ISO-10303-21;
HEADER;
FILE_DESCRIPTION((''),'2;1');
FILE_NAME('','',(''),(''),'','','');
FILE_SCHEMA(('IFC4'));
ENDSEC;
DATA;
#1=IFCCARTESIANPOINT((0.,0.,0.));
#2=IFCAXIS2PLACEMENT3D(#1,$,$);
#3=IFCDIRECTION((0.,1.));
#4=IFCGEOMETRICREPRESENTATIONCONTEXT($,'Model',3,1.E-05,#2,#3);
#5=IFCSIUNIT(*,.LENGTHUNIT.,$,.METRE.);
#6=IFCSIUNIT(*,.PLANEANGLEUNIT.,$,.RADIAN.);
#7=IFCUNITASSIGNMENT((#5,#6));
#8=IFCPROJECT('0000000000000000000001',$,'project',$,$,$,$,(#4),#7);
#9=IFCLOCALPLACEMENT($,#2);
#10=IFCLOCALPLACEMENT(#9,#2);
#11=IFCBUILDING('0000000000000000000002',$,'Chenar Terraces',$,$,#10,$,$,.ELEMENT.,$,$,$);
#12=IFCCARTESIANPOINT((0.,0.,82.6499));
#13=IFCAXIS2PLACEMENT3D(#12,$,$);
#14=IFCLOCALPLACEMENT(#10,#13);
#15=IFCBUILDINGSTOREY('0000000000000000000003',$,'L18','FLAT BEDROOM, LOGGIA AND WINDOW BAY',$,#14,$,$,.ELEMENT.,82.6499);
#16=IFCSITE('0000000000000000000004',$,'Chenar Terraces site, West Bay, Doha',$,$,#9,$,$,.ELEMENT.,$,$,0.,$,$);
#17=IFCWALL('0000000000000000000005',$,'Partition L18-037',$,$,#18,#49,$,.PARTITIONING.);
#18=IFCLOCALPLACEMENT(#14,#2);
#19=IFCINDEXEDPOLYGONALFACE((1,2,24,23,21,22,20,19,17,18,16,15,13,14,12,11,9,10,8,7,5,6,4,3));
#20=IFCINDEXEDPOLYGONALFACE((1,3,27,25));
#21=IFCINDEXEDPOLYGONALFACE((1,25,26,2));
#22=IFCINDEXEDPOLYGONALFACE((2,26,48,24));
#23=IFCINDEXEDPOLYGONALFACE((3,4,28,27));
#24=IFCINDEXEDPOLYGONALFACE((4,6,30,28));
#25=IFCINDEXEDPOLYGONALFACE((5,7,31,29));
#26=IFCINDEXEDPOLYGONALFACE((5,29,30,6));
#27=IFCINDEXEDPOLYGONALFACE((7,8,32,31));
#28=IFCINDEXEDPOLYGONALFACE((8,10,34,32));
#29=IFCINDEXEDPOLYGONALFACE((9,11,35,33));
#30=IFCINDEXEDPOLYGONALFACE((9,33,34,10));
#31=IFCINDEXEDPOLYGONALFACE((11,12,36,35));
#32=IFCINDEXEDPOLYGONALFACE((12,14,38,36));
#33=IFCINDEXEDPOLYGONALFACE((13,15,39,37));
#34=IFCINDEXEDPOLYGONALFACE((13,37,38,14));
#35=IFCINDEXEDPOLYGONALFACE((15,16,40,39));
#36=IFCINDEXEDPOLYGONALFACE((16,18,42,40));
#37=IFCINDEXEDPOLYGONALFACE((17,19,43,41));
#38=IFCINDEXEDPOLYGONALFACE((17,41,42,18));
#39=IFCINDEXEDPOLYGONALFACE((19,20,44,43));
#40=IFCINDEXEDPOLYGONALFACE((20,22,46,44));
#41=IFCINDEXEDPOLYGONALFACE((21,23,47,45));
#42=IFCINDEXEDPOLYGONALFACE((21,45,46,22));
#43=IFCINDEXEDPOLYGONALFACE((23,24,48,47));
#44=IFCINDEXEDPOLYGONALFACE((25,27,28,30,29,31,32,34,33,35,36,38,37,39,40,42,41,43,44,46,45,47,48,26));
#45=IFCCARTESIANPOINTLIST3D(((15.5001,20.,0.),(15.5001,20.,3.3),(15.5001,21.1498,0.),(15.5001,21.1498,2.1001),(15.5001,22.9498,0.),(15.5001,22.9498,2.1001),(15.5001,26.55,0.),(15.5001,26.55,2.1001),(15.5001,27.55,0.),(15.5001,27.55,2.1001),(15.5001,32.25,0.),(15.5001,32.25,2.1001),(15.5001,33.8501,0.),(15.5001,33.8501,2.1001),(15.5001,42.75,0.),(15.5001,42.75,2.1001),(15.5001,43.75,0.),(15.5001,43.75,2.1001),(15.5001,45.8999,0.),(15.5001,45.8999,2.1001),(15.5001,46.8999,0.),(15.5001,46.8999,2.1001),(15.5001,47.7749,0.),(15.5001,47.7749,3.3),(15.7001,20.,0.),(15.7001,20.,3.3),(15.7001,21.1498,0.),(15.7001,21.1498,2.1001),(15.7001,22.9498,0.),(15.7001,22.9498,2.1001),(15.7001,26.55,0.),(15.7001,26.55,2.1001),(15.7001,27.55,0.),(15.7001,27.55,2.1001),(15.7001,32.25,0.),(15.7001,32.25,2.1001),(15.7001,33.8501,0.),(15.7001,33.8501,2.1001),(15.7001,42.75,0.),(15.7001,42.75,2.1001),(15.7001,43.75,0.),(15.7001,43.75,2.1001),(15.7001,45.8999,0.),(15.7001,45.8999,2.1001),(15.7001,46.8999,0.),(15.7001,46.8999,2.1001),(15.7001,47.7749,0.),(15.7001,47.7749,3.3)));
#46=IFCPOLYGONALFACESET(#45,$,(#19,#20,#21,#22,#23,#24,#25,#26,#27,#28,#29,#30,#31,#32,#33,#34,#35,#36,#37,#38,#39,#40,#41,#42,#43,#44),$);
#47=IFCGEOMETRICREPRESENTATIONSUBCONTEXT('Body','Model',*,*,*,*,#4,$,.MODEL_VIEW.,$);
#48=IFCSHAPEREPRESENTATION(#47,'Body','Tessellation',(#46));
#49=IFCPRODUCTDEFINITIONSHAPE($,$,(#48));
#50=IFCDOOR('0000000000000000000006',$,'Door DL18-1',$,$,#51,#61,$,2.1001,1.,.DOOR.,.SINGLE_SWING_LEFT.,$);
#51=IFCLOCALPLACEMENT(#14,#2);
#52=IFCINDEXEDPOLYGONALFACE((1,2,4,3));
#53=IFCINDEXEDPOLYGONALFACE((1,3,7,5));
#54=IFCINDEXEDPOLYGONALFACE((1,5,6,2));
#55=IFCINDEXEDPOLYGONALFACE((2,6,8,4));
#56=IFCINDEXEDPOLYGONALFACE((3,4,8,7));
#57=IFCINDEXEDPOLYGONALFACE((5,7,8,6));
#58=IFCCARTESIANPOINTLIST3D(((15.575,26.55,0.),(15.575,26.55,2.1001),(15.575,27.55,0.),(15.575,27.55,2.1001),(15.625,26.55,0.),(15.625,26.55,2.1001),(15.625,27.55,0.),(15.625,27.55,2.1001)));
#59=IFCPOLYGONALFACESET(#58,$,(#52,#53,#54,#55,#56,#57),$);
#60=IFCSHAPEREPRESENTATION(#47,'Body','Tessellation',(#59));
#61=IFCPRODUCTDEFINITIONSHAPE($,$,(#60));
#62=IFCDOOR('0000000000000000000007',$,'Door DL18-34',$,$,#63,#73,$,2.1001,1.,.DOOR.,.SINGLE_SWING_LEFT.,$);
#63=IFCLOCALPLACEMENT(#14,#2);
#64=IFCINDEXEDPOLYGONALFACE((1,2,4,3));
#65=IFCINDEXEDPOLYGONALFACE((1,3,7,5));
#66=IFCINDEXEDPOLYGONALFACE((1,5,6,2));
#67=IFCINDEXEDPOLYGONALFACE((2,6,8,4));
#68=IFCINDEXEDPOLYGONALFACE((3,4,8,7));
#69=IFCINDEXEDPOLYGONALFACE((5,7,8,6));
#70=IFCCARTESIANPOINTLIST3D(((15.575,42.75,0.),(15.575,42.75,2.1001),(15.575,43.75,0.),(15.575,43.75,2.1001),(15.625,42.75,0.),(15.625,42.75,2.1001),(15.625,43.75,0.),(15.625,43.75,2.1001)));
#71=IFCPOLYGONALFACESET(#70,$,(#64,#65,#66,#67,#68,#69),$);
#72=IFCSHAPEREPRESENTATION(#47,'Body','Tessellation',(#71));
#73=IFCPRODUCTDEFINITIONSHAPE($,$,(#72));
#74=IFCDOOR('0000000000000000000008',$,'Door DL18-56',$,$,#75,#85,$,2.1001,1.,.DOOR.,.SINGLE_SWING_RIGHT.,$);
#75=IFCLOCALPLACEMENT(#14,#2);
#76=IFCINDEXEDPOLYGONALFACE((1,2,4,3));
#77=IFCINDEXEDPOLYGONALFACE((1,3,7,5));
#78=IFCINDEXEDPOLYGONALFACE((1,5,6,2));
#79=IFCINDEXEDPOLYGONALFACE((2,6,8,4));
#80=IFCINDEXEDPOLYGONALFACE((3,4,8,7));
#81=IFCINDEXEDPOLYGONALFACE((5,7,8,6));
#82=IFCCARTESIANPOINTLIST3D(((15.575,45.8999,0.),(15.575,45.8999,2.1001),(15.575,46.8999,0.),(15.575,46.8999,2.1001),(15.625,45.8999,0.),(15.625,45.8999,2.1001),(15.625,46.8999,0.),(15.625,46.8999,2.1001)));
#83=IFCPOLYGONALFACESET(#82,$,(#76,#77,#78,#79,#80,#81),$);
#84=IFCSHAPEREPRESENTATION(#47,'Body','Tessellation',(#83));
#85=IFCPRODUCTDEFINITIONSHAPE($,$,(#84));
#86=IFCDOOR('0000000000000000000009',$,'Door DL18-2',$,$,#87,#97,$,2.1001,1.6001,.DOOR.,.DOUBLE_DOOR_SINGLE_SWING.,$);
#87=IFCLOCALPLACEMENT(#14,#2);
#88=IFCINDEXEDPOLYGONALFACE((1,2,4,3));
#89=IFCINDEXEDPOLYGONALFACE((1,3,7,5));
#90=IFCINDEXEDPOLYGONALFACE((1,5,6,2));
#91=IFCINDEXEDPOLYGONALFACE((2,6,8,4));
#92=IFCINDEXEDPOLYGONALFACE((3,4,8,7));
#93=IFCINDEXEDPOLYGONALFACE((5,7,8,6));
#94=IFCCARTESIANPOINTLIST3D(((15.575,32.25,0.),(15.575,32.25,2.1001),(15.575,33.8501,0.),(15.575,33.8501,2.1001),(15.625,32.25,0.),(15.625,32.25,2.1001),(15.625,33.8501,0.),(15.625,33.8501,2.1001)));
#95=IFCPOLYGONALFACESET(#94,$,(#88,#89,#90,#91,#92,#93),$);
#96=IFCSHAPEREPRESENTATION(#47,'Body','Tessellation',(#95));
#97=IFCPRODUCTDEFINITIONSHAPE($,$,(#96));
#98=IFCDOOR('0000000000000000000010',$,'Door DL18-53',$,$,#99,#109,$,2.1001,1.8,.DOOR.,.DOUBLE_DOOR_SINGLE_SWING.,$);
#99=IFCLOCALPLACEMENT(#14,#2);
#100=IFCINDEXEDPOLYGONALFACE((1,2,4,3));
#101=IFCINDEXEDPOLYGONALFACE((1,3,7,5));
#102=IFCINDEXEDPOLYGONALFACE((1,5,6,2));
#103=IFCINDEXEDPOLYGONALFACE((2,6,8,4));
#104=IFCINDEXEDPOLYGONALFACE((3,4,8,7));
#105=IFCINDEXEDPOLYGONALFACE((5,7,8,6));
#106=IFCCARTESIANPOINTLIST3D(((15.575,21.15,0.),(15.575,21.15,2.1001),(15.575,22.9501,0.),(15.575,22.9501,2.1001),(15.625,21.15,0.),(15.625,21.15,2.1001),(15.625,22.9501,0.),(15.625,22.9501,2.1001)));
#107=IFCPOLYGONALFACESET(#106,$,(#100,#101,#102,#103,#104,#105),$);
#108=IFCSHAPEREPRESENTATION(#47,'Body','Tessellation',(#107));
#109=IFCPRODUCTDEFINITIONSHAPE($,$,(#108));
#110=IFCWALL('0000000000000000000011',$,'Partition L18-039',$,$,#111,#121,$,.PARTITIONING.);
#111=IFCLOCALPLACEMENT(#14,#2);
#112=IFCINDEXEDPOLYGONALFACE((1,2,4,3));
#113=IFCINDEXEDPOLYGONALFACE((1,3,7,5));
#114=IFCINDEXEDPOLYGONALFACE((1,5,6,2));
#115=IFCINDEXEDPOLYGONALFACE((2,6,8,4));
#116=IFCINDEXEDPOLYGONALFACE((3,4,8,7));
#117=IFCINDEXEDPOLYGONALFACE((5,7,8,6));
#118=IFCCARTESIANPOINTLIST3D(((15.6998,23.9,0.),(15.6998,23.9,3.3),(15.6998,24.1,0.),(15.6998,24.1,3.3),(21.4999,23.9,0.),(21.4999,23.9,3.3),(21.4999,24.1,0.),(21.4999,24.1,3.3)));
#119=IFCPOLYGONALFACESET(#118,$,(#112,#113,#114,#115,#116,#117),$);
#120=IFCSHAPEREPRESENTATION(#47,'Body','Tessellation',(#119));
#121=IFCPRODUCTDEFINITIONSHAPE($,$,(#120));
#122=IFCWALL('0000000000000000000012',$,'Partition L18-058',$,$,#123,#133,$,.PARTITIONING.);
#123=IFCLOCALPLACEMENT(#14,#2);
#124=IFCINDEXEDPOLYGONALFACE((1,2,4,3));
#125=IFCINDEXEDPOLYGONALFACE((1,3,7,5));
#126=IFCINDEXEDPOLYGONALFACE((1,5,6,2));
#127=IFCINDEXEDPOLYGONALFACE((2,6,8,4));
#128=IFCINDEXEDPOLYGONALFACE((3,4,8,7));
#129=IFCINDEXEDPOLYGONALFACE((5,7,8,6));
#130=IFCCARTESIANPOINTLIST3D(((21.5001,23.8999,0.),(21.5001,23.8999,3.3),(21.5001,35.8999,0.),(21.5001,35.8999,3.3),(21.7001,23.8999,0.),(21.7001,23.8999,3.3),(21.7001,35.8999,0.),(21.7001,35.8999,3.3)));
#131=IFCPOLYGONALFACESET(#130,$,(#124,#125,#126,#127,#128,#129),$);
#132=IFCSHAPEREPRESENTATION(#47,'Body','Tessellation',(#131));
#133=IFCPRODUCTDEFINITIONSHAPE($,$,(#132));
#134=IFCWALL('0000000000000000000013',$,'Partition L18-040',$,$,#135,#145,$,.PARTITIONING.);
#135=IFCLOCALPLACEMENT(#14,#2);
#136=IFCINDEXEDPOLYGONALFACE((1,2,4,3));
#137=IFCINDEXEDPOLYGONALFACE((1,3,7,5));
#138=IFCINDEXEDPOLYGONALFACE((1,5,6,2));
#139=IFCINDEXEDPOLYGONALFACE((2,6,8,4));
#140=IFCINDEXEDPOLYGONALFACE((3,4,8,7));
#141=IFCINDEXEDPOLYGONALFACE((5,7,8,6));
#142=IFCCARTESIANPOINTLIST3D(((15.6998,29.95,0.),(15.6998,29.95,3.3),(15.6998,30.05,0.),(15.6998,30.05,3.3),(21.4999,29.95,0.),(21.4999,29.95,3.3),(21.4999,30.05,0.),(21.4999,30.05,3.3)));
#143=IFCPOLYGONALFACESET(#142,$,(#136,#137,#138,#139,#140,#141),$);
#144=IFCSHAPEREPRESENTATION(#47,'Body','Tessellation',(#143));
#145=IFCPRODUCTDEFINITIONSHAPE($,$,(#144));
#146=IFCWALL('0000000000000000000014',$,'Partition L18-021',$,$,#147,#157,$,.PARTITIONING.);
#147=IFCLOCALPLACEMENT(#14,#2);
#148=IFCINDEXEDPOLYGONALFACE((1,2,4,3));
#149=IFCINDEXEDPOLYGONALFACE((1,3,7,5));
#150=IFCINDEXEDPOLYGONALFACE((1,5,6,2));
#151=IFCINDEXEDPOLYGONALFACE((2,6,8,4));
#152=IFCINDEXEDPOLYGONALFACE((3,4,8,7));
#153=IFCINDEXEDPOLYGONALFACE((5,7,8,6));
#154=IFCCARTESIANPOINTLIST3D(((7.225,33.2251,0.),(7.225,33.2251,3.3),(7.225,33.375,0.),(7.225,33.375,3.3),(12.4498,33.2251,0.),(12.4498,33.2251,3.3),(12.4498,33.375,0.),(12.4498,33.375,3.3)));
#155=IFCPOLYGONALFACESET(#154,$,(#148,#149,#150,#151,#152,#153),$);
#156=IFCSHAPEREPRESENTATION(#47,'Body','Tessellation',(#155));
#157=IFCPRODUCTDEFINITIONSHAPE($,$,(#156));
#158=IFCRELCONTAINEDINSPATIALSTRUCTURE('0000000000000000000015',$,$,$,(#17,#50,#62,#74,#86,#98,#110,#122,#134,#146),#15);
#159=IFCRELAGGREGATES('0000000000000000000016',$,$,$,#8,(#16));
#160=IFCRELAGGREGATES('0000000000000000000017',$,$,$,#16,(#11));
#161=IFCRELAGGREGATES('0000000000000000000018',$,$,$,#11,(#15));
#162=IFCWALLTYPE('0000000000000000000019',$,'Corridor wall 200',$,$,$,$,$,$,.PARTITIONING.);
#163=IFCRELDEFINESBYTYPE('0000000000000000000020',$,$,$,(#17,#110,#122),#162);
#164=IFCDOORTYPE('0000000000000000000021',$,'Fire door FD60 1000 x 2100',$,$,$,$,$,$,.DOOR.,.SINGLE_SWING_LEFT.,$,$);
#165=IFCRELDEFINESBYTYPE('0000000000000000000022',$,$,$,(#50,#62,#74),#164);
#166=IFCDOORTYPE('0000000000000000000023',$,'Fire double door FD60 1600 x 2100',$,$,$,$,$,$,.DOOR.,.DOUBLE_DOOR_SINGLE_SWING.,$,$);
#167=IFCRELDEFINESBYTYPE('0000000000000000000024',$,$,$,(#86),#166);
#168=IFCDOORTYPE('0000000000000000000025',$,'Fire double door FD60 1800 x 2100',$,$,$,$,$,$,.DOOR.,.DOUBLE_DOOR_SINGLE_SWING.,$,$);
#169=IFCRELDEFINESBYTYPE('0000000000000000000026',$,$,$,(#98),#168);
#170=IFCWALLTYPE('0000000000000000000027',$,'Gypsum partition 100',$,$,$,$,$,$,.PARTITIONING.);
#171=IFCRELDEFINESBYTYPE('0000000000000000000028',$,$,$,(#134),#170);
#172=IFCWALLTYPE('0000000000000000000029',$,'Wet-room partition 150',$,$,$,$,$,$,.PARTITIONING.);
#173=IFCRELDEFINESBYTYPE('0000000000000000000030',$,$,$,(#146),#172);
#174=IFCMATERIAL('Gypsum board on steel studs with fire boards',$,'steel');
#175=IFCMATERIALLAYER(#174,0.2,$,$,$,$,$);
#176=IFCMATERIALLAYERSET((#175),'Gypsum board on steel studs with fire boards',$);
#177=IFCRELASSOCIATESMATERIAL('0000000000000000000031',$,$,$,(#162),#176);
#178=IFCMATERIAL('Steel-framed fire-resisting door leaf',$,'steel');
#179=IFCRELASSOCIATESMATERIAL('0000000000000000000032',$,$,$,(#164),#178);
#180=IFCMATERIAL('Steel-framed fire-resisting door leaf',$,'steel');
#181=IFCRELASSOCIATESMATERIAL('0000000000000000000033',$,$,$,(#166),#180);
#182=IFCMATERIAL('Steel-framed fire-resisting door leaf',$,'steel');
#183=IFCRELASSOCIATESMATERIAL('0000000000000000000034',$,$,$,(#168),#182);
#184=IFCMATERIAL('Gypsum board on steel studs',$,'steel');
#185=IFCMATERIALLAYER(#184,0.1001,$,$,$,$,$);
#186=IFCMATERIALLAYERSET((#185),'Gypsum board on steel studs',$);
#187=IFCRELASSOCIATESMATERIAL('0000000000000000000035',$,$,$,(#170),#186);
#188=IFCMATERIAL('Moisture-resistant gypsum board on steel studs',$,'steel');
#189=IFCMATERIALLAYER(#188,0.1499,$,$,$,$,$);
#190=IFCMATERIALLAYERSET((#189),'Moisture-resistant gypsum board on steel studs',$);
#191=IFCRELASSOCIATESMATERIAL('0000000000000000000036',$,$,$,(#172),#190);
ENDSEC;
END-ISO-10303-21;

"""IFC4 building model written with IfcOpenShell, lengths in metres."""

from ifc_helpers import new_model, si_unit, direction, frame, frame_2d, origin, place, context, subcontext, project, spatial, rectangle, extrude, material, layer, layer_set, type_object, element, fill, save


model = new_model("IFC4")

# Units and contexts
model_context = context("Model", 3, precision=1e-05, world=origin(), true_north=direction((0.0, 1.0)))
body_context = subcontext(model_context, "Body", "Model", "MODEL_VIEW")
ifc_project = project(units=[si_unit("LENGTHUNIT", "METRE"), si_unit("PLANEANGLEUNIT", "RADIAN")], contexts=[model_context])

# Site, building, storey
site_placement = place(None, origin())
site = spatial("IfcSite", under=ifc_project, at=site_placement, Name="Chenar Terraces site, West Bay, Doha", CompositionType="ELEMENT", RefElevation=0.0)
building_placement = place(site_placement, origin())
building = spatial("IfcBuilding", under=site, at=building_placement, Name="Chenar Terraces", CompositionType="ELEMENT")
storey_placement = place(building_placement, frame((0.0, 0.0, 82.6499)))
storey = spatial("IfcBuildingStorey", under=building, at=storey_placement, Name="L18", Description="FLAT BEDROOM, LOGGIA AND WINDOW BAY", CompositionType="ELEMENT", Elevation=82.6499)

# Wall, openings, doors
ifc_material_1 = material(Name="Gypsum board on steel studs with fire boards", Category="steel")
ifc_layer_1 = layer(ifc_material_1, 0.2)
ifc_layer_set_1 = layer_set([ifc_layer_1], Name="Gypsum board on steel studs with fire boards")
wall_type_1 = type_object("IfcWallType", Name="Corridor wall 200", PredefinedType="PARTITIONING", material=ifc_layer_set_1)
wall_1_placement = place(storey_placement, frame((15.6001, 20.0, 0.0), z_axis=(0.0, 0.0, 1.0), x_axis=(0.0, 1.0, 0.0)))
wall_1 = element("IfcWall", 1, at=wall_1_placement, inside=storey, type_object=wall_type_1, Name="Partition L18-037", PredefinedType="PARTITIONING", context=body_context, shape_type="SweptSolid", body=[
    extrude(rectangle(XDim=27.7749, YDim=0.2, at=frame_2d((13.8875, 0.0))), origin(), (0.0, 0.0, 1.0), 3.3),
])
opening_1_placement = place(wall_1_placement, frame((6.55, 0.0, 0.0)))
opening_1 = element("IfcOpeningElement", 2, at=opening_1_placement, cuts=wall_1, PredefinedType="OPENING", context=body_context, shape_type="SweptSolid", body=[
    extrude(rectangle(XDim=1.0, YDim=2.1001, at=frame_2d((0.5, 1.05))), frame((0.0, 0.1099, 0.0), z_axis=(0.0, -1.0, 0.0), x_axis=(1.0, 0.0, 0.0)), (0.0, 0.0, 1.0), 0.22),
])
opening_2_placement = place(wall_1_placement, frame((12.25, 0.0, 0.0)))
opening_2 = element("IfcOpeningElement", 3, at=opening_2_placement, cuts=wall_1, PredefinedType="OPENING", context=body_context, shape_type="SweptSolid", body=[
    extrude(rectangle(XDim=1.6001, YDim=2.1001, at=frame_2d((0.8, 1.05))), frame((0.0, 0.1099, 0.0), z_axis=(0.0, -1.0, 0.0), x_axis=(1.0, 0.0, 0.0)), (0.0, 0.0, 1.0), 0.22),
])
opening_3_placement = place(wall_1_placement, frame((22.75, 0.0, 0.0)))
opening_3 = element("IfcOpeningElement", 4, at=opening_3_placement, cuts=wall_1, PredefinedType="OPENING", context=body_context, shape_type="SweptSolid", body=[
    extrude(rectangle(XDim=1.0, YDim=2.1001, at=frame_2d((0.5, 1.05))), frame((0.0, 0.1099, 0.0), z_axis=(0.0, -1.0, 0.0), x_axis=(1.0, 0.0, 0.0)), (0.0, 0.0, 1.0), 0.22),
])
opening_4_placement = place(wall_1_placement, frame((1.1499, 0.0, 0.0)))
opening_4 = element("IfcOpeningElement", 5, at=opening_4_placement, cuts=wall_1, PredefinedType="OPENING", context=body_context, shape_type="SweptSolid", body=[
    extrude(rectangle(XDim=1.8, YDim=2.1001, at=frame_2d((0.8999, 1.05))), frame((0.0, 0.1099, 0.0), z_axis=(0.0, -1.0, 0.0), x_axis=(1.0, 0.0, 0.0)), (0.0, 0.0, 1.0), 0.22),
])
opening_5_placement = place(wall_1_placement, frame((25.8999, 0.0, 0.0)))
opening_5 = element("IfcOpeningElement", 6, at=opening_5_placement, cuts=wall_1, PredefinedType="OPENING", context=body_context, shape_type="SweptSolid", body=[
    extrude(rectangle(XDim=1.0, YDim=2.1001, at=frame_2d((0.5, 1.05))), frame((0.0, 0.1099, 0.0), z_axis=(0.0, -1.0, 0.0), x_axis=(1.0, 0.0, 0.0)), (0.0, 0.0, 1.0), 0.22),
])
ifc_material_2 = material(Name="Steel-framed fire-resisting door leaf", Category="steel")
door_type_1 = type_object("IfcDoorType", Name="Fire door FD60 1000 x 2100", OperationType="SINGLE_SWING_LEFT", PredefinedType="DOOR", material=ifc_material_2)
door_1_placement = place(opening_1_placement, frame((1.0, 0.0, 0.0), z_axis=(0.0, 0.0, 1.0), x_axis=(-1.0, 0.0, 0.0)))
door_1 = element("IfcDoor", 7, at=door_1_placement, inside=storey, type_object=door_type_1, Name="Door DL18-1", OperationType="SINGLE_SWING_LEFT", OverallHeight=2.1001, OverallWidth=1.0, PredefinedType="DOOR", context=body_context, shape_type="SweptSolid", body=[
    extrude(rectangle(XDim=1.0, YDim=2.1001, at=frame_2d((0.5, 1.05))), frame((0.0, 0.0249, 0.0), z_axis=(0.0, -1.0, 0.0), x_axis=(1.0, 0.0, 0.0)), (0.0, 0.0, 1.0), 0.05),
])
fill(opening_1, door_1)
door_2_placement = place(opening_3_placement, frame((1.0, 0.0, 0.0), z_axis=(0.0, 0.0, 1.0), x_axis=(-1.0, 0.0, 0.0)))
door_2 = element("IfcDoor", 8, at=door_2_placement, inside=storey, type_object=door_type_1, Name="Door DL18-34", OperationType="SINGLE_SWING_LEFT", OverallHeight=2.1001, OverallWidth=1.0, PredefinedType="DOOR", context=body_context, shape_type="SweptSolid", body=[
    extrude(rectangle(XDim=1.0, YDim=2.1001, at=frame_2d((0.5, 1.05))), frame((0.0, 0.0249, 0.0), z_axis=(0.0, -1.0, 0.0), x_axis=(1.0, 0.0, 0.0)), (0.0, 0.0, 1.0), 0.05),
])
fill(opening_3, door_2)
door_3_placement = place(opening_5_placement, frame((1.0, 0.0, 0.0), z_axis=(0.0, 0.0, 1.0), x_axis=(-1.0, 0.0, 0.0)))
door_3 = element("IfcDoor", 9, at=door_3_placement, inside=storey, type_object=door_type_1, Name="Door DL18-56", OperationType="SINGLE_SWING_RIGHT", OverallHeight=2.1001, OverallWidth=1.0, PredefinedType="DOOR", context=body_context, shape_type="SweptSolid", body=[
    extrude(rectangle(XDim=1.0, YDim=2.1001, at=frame_2d((0.5, 1.05))), frame((0.0, 0.0249, 0.0), z_axis=(0.0, -1.0, 0.0), x_axis=(1.0, 0.0, 0.0)), (0.0, 0.0, 1.0), 0.05),
])
fill(opening_5, door_3)
ifc_material_3 = material(Name="Steel-framed fire-resisting door leaf", Category="steel")
door_type_2 = type_object("IfcDoorType", Name="Fire double door FD60 1600 x 2100", OperationType="DOUBLE_DOOR_SINGLE_SWING", PredefinedType="DOOR", material=ifc_material_3)
door_4_placement = place(opening_2_placement, frame((1.6001, 0.0, 0.0), z_axis=(0.0, 0.0, 1.0), x_axis=(-1.0, 0.0, 0.0)))
door_4 = element("IfcDoor", 10, at=door_4_placement, inside=storey, type_object=door_type_2, Name="Door DL18-2", OperationType="DOUBLE_DOOR_SINGLE_SWING", OverallHeight=2.1001, OverallWidth=1.6001, PredefinedType="DOOR", context=body_context, shape_type="SweptSolid", body=[
    extrude(rectangle(XDim=1.6001, YDim=2.1001, at=frame_2d((0.8, 1.05))), frame((0.0, 0.0249, 0.0), z_axis=(0.0, -1.0, 0.0), x_axis=(1.0, 0.0, 0.0)), (0.0, 0.0, 1.0), 0.05),
])
fill(opening_2, door_4)
ifc_material_4 = material(Name="Steel-framed fire-resisting door leaf", Category="steel")
door_type_3 = type_object("IfcDoorType", Name="Fire double door FD60 1800 x 2100", OperationType="DOUBLE_DOOR_SINGLE_SWING", PredefinedType="DOOR", material=ifc_material_4)
door_5_placement = place(opening_4_placement, frame((1.8, 0.0, 0.0), z_axis=(0.0, 0.0, 1.0), x_axis=(-1.0, 0.0, 0.0)))
door_5 = element("IfcDoor", 11, at=door_5_placement, inside=storey, type_object=door_type_3, Name="Door DL18-53", OperationType="DOUBLE_DOOR_SINGLE_SWING", OverallHeight=2.1001, OverallWidth=1.8, PredefinedType="DOOR", context=body_context, shape_type="SweptSolid", body=[
    extrude(rectangle(XDim=1.8, YDim=2.1001, at=frame_2d((0.8999, 1.05))), frame((0.0, 0.0249, 0.0), z_axis=(0.0, -1.0, 0.0), x_axis=(1.0, 0.0, 0.0)), (0.0, 0.0, 1.0), 0.05),
])
fill(opening_4, door_5)

# Walls
wall_2_placement = place(storey_placement, frame((15.7, 24.0, 0.0), z_axis=(0.0, 0.0, 1.0), x_axis=(1.0, 0.0, 0.0)))
element("IfcWall", 12, at=wall_2_placement, inside=storey, type_object=wall_type_1, Name="Partition L18-039", PredefinedType="PARTITIONING", context=body_context, shape_type="SweptSolid", body=[
    extrude(rectangle(XDim=5.8, YDim=0.2, at=frame_2d((2.8999, 0.0))), origin(), (0.0, 0.0, 1.0), 3.3),
])
wall_3_placement = place(storey_placement, frame((21.6001, 23.8999, 0.0), z_axis=(0.0, 0.0, 1.0), x_axis=(0.0, 1.0, 0.0)))
element("IfcWall", 13, at=wall_3_placement, inside=storey, type_object=wall_type_1, Name="Partition L18-058", PredefinedType="PARTITIONING", context=body_context, shape_type="SweptSolid", body=[
    extrude(rectangle(XDim=12.0, YDim=0.2, at=frame_2d((6.0, 0.0))), origin(), (0.0, 0.0, 1.0), 3.3),
])
ifc_material_5 = material(Name="Gypsum board on steel studs", Category="steel")
ifc_layer_2 = layer(ifc_material_5, 0.1001)
ifc_layer_set_2 = layer_set([ifc_layer_2], Name="Gypsum board on steel studs")
wall_type_2 = type_object("IfcWallType", Name="Gypsum partition 100", PredefinedType="PARTITIONING", material=ifc_layer_set_2)
wall_4_placement = place(storey_placement, frame((15.7, 30.0, 0.0), z_axis=(0.0, 0.0, 1.0), x_axis=(1.0, 0.0, 0.0)))
element("IfcWall", 14, at=wall_4_placement, inside=storey, type_object=wall_type_2, Name="Partition L18-040", PredefinedType="PARTITIONING", context=body_context, shape_type="SweptSolid", body=[
    extrude(rectangle(XDim=5.8, YDim=0.1001, at=frame_2d((2.8999, 0.0))), origin(), (0.0, 0.0, 1.0), 3.3),
])
ifc_material_6 = material(Name="Moisture-resistant gypsum board on steel studs", Category="steel")
ifc_layer_3 = layer(ifc_material_6, 0.1499)
ifc_layer_set_3 = layer_set([ifc_layer_3], Name="Moisture-resistant gypsum board on steel studs")
wall_type_3 = type_object("IfcWallType", Name="Wet-room partition 150", PredefinedType="PARTITIONING", material=ifc_layer_set_3)
wall_5_placement = place(storey_placement, frame((7.2251, 33.3, 0.0), z_axis=(0.0, 0.0, 1.0), x_axis=(1.0, 0.0, 0.0)))
element("IfcWall", 15, at=wall_5_placement, inside=storey, type_object=wall_type_3, Name="Partition L18-021", PredefinedType="PARTITIONING", context=body_context, shape_type="SweptSolid", body=[
    extrude(rectangle(XDim=5.2249, YDim=0.1499, at=frame_2d((2.6123, 0.0))), origin(), (0.0, 0.0, 1.0), 3.3),
])

save(model, "model.ifc")
